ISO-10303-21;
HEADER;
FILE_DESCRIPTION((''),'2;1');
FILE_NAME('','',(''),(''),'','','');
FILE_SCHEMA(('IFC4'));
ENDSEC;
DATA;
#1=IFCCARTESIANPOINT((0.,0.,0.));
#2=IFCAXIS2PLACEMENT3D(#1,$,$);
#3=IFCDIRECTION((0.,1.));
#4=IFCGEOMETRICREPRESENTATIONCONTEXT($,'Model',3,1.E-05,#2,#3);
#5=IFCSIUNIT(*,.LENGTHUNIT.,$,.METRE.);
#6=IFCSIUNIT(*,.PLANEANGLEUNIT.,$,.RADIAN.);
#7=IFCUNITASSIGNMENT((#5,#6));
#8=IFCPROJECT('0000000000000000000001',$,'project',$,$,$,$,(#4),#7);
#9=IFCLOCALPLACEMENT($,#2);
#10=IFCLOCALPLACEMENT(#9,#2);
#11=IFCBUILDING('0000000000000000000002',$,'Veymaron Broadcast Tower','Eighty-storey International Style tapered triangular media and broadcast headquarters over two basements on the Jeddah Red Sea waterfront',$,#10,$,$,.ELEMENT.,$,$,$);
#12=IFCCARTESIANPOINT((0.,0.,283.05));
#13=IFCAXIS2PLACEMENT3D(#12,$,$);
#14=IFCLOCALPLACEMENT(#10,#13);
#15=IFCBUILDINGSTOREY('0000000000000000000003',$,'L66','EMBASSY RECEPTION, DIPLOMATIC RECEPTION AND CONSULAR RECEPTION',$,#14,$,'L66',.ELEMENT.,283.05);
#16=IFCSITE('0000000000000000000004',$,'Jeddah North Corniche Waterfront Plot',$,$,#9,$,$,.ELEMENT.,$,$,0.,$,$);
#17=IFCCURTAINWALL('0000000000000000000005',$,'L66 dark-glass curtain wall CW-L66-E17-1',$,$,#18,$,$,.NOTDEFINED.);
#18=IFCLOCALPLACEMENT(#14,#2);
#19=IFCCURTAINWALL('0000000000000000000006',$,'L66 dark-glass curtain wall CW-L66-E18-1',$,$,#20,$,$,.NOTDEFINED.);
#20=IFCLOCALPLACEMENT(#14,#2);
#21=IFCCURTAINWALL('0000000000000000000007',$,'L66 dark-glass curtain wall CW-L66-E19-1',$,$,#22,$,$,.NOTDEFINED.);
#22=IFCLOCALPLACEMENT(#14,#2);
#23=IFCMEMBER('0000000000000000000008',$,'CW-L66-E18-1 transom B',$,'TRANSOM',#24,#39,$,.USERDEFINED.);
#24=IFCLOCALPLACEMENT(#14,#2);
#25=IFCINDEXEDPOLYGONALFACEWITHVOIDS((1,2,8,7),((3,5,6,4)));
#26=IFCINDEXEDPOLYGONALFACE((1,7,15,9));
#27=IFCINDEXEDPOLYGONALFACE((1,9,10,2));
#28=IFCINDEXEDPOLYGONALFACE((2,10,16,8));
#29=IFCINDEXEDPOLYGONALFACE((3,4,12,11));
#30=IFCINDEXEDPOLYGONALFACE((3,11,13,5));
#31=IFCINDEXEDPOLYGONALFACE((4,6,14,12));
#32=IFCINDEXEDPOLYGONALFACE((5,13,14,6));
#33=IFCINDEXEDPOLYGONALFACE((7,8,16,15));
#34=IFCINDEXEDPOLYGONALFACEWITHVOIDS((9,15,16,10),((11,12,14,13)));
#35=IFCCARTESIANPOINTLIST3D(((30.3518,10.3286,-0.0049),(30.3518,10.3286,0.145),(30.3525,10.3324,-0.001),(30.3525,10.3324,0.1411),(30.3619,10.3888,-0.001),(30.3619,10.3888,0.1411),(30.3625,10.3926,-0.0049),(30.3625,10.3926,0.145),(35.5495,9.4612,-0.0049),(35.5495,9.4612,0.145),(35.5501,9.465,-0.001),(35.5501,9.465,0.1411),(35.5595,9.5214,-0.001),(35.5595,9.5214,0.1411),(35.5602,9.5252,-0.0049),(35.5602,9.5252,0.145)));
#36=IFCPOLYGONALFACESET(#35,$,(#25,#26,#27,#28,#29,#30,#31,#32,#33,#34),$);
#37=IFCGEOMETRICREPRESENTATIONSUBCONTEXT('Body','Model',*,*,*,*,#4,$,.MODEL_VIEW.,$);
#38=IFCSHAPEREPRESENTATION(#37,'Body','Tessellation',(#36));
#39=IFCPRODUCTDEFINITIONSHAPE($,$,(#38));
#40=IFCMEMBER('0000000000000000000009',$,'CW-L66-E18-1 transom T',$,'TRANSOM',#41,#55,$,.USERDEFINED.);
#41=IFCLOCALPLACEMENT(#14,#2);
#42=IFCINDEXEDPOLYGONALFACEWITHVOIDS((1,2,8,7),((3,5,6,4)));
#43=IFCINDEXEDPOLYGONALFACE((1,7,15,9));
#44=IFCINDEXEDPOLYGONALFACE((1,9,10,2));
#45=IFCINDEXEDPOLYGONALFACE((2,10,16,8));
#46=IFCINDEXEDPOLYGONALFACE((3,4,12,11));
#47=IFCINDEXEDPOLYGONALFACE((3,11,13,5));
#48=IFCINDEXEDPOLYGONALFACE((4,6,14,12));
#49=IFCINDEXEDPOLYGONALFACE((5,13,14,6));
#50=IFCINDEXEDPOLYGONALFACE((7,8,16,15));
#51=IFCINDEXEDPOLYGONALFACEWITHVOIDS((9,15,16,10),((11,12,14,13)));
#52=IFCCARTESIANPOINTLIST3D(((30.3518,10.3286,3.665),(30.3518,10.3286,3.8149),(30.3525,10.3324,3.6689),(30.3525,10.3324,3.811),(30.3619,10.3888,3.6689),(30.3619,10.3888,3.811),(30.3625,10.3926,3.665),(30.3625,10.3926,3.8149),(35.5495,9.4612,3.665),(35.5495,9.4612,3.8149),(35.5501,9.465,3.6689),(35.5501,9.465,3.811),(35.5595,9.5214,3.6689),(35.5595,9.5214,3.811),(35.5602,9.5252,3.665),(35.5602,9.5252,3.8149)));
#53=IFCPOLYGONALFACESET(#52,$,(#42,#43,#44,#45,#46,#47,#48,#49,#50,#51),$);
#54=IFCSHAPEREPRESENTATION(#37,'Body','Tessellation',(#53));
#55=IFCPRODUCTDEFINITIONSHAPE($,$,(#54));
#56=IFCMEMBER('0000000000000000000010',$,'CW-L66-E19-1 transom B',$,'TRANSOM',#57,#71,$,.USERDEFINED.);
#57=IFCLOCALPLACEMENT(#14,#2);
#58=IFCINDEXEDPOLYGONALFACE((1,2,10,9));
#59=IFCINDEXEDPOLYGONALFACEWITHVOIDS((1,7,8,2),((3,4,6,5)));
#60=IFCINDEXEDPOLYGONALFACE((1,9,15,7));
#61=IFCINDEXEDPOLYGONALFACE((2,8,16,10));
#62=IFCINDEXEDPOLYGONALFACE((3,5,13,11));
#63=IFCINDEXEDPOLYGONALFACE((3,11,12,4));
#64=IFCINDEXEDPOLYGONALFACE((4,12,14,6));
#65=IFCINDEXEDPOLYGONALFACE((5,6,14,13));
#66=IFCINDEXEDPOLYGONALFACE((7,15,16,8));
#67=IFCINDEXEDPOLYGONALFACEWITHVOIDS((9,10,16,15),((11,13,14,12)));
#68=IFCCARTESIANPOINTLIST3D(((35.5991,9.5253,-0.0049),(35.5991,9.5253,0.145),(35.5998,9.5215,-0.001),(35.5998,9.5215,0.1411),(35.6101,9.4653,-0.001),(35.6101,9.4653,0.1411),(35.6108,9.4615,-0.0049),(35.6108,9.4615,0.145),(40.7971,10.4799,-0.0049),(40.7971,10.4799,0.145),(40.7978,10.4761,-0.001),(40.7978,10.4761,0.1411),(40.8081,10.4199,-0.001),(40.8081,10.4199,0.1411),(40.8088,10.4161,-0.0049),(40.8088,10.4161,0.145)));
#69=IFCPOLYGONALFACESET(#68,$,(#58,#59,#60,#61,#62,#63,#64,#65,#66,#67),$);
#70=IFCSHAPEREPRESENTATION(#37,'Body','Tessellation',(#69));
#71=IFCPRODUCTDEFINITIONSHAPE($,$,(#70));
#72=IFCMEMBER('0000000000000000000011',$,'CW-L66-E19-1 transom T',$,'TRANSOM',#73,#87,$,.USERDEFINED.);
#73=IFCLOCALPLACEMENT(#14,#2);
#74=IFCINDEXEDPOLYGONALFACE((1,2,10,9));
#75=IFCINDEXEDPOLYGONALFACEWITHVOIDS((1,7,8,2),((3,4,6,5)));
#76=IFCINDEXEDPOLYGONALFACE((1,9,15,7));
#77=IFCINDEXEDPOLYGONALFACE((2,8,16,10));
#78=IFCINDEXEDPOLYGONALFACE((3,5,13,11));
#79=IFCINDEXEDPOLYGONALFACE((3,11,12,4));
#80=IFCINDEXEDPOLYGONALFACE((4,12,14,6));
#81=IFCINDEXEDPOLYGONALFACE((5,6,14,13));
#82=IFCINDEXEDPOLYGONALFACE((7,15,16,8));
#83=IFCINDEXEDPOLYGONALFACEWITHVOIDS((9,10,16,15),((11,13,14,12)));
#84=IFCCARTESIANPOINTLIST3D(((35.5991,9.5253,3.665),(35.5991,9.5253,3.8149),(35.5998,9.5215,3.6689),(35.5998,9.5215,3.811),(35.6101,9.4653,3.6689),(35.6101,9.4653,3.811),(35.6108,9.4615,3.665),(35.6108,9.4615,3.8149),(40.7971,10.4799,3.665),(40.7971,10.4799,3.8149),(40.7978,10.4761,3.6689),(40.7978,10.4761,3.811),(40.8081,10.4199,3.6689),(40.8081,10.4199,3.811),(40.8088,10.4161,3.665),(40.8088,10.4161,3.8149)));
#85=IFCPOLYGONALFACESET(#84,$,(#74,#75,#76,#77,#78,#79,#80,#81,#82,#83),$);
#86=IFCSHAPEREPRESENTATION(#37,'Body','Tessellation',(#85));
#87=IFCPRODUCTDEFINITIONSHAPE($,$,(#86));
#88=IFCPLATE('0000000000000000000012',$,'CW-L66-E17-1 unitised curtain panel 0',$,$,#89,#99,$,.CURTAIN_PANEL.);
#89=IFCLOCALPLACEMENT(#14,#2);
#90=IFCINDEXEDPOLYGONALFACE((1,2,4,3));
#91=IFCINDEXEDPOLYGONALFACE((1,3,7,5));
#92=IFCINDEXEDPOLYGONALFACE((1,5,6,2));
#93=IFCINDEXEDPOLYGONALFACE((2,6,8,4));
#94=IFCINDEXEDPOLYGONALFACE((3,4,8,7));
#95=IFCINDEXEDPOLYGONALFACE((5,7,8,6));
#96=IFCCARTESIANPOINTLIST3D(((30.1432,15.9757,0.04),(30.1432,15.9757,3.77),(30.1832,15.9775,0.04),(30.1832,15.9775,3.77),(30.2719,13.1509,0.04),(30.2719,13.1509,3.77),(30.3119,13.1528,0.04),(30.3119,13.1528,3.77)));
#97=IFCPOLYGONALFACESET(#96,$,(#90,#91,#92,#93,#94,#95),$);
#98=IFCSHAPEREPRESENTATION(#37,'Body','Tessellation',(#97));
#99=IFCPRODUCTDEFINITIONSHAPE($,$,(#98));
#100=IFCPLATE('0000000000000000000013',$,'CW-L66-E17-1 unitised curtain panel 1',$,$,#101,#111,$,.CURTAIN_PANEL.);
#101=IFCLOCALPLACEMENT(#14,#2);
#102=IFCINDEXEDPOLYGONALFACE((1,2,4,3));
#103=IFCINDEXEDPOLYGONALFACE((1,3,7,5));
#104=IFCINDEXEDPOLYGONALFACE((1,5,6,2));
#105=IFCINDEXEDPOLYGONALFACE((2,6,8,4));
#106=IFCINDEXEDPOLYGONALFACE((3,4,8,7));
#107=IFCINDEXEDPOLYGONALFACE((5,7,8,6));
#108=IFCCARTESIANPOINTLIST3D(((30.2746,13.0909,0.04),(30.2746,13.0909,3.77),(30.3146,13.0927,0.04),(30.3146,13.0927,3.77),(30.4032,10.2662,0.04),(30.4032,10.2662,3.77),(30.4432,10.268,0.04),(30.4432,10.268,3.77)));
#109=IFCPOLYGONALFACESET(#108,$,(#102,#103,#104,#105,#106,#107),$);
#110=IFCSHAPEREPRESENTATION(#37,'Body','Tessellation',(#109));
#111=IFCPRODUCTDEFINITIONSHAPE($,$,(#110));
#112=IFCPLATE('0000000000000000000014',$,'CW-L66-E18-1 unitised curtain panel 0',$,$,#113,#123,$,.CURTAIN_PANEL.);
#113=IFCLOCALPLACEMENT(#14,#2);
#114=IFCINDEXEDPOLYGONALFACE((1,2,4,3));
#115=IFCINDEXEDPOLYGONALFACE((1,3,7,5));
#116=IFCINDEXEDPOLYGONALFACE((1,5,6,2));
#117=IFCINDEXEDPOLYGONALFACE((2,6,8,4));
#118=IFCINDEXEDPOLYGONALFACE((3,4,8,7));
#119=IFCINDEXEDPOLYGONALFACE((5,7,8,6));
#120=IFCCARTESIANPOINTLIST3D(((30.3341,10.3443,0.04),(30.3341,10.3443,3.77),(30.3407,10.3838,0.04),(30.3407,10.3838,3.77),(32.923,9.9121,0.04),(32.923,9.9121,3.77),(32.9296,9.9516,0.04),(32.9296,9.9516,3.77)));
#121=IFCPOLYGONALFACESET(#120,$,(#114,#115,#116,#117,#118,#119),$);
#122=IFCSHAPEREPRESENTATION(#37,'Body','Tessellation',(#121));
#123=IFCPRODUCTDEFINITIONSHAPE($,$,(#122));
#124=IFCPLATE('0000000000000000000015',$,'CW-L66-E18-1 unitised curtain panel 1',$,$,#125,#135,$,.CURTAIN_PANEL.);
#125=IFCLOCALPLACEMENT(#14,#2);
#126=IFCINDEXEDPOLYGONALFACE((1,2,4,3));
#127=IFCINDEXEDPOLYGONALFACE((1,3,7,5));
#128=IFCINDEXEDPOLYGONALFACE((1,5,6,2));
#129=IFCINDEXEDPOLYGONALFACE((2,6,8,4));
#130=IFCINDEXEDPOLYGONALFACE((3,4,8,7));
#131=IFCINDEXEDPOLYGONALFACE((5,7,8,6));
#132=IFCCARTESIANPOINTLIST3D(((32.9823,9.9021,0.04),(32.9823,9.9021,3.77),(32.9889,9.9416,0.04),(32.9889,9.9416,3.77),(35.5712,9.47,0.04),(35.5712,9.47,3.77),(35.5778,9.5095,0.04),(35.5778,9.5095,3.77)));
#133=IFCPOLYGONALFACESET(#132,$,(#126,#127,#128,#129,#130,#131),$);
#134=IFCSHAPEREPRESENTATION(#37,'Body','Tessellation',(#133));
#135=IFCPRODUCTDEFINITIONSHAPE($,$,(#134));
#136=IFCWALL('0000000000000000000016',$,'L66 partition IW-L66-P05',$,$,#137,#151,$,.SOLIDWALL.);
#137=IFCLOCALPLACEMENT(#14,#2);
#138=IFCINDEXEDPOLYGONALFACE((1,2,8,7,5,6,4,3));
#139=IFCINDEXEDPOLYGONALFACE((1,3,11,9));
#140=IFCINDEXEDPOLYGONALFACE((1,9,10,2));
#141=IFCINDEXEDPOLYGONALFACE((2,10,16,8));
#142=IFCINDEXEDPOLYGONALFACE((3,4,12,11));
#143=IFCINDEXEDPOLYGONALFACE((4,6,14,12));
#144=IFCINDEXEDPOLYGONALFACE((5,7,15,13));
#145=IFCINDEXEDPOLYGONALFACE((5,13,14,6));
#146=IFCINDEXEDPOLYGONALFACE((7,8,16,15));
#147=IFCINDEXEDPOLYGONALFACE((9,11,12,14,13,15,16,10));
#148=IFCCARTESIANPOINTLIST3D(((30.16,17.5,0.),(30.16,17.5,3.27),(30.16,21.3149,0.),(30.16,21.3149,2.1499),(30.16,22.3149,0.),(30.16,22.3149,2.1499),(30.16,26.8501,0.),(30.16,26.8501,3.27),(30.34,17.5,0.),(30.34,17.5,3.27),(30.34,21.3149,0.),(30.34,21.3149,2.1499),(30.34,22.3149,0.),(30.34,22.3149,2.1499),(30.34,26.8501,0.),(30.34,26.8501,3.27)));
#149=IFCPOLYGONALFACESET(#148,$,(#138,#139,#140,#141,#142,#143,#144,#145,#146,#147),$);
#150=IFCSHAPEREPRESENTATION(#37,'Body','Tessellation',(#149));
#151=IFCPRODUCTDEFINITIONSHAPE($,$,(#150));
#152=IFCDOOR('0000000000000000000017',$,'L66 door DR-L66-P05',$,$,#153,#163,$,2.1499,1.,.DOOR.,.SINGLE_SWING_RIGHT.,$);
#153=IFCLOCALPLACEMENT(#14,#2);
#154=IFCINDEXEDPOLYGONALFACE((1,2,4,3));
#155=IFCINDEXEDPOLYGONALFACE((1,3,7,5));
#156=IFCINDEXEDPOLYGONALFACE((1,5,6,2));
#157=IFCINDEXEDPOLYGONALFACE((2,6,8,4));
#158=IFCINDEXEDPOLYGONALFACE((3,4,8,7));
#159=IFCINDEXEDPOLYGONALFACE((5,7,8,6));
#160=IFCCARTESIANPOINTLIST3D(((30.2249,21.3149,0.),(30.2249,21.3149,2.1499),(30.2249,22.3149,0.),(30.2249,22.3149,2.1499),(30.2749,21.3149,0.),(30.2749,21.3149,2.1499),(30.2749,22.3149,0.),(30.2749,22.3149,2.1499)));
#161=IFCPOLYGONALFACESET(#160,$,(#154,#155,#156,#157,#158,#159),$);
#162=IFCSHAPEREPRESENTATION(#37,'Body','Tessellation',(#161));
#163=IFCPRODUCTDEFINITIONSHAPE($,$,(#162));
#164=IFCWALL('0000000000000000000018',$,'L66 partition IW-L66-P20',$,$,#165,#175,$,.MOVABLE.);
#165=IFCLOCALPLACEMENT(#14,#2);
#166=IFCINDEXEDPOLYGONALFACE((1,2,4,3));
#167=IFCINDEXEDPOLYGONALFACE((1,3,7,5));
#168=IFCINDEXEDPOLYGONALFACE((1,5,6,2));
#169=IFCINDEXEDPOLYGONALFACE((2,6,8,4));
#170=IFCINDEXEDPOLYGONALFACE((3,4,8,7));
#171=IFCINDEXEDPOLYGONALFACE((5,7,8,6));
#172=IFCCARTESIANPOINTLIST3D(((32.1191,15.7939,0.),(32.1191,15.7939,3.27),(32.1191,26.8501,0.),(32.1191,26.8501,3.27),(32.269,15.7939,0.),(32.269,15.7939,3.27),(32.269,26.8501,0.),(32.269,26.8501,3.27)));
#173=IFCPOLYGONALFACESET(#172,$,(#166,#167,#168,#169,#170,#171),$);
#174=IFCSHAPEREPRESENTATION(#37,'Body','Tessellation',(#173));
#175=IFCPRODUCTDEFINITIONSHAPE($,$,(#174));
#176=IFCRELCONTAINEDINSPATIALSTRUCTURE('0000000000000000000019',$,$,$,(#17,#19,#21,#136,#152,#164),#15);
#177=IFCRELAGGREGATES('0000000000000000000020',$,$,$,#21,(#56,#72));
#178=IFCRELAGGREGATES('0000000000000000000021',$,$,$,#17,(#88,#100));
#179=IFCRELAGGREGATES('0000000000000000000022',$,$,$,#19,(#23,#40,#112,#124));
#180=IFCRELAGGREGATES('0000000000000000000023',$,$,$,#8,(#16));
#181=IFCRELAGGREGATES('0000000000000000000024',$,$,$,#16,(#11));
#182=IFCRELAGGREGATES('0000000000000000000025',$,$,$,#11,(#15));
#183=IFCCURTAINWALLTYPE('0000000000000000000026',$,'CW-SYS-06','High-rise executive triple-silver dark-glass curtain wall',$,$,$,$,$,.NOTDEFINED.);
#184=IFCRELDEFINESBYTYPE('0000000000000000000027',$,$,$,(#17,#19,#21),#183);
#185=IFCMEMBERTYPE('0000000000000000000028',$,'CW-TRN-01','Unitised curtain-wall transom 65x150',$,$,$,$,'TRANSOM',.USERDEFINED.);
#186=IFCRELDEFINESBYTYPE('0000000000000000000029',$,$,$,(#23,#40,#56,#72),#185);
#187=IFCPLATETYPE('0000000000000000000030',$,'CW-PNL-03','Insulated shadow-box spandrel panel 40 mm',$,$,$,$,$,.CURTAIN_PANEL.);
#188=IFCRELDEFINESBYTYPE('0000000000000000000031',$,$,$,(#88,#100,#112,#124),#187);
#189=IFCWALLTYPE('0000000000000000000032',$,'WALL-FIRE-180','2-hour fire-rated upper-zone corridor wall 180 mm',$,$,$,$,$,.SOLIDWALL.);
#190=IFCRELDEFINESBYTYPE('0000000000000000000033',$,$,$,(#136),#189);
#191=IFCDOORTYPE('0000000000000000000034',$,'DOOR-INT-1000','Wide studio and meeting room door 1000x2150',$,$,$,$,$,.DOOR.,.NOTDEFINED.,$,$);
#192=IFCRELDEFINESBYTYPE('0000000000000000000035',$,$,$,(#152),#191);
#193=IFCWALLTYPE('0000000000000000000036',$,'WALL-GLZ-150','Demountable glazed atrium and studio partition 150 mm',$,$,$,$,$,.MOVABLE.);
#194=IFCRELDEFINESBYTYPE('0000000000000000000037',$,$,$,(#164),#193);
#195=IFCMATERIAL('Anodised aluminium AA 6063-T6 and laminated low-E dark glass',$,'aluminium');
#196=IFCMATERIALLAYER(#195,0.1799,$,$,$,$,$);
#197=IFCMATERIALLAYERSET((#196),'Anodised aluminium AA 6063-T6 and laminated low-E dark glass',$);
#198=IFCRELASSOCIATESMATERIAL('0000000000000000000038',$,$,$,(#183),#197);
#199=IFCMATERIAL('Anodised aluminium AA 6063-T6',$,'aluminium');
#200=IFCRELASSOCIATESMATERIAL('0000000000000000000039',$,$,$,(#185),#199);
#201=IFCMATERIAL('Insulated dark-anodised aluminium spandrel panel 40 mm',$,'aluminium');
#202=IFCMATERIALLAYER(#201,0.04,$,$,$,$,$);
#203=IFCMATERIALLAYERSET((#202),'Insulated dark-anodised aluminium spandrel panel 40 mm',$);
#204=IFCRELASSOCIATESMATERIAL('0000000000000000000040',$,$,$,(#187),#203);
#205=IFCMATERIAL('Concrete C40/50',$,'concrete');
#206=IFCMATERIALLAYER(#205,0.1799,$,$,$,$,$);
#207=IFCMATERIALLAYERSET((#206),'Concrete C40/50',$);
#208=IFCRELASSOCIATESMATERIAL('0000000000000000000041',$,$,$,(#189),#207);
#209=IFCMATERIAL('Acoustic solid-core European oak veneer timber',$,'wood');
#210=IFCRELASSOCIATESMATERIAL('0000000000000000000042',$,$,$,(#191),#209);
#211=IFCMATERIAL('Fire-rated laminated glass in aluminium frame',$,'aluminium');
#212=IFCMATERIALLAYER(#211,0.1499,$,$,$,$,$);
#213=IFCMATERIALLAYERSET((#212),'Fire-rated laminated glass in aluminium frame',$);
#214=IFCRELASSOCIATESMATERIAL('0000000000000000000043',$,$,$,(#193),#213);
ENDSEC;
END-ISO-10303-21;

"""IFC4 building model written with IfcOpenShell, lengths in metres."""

from ifc_helpers import new_model, si_unit, direction, frame, frame_2d, origin, origin_2d, place, context, subcontext, project, spatial, rectangle, hollow_rectangle, extrude, material, layer, layer_set, material_profile, profile_set, type_object, element, fill, aggregate, save


model = new_model("IFC4")

# Units and contexts
model_context = context("Model", 3, precision=1e-05, world=origin(), true_north=direction((0.0, 1.0)))
body_context = subcontext(model_context, "Body", "Model", "MODEL_VIEW")
ifc_project = project(units=[si_unit("LENGTHUNIT", "METRE"), si_unit("PLANEANGLEUNIT", "RADIAN")], contexts=[model_context])

# Site, building, storey
site_placement = place(None, origin())
site = spatial("IfcSite", under=ifc_project, at=site_placement, Name="Jeddah North Corniche Waterfront Plot", CompositionType="ELEMENT", RefElevation=0.0)
building_placement = place(site_placement, origin())
building = spatial("IfcBuilding", under=site, at=building_placement, Name="Veymaron Broadcast Tower", Description="Eighty-storey International Style tapered triangular media and broadcast headquarters over two basements on the Jeddah Red Sea waterfront", CompositionType="ELEMENT")
storey_placement = place(building_placement, frame((0.0, 0.0, 283.05)))
storey = spatial("IfcBuildingStorey", under=building, at=storey_placement, Name="L66", Description="EMBASSY RECEPTION, DIPLOMATIC RECEPTION AND CONSULAR RECEPTION", LongName="L66", CompositionType="ELEMENT", Elevation=283.05)

# Curtain walls
ifc_material_1 = material(Name="Anodised aluminium AA 6063-T6 and laminated low-E dark glass", Category="aluminium")
ifc_layer_1 = layer(ifc_material_1, 0.1799)
ifc_layer_set_1 = layer_set([ifc_layer_1], Name="Anodised aluminium AA 6063-T6 and laminated low-E dark glass")
curtain_wall_type = type_object("IfcCurtainWallType", Name="CW-SYS-06", Description="High-rise executive triple-silver dark-glass curtain wall", PredefinedType="NOTDEFINED", material=ifc_layer_set_1)
curtain_wall_1_placement = place(storey_placement, origin())
curtain_wall_1 = element("IfcCurtainWall", 1, at=curtain_wall_1_placement, inside=storey, type_object=curtain_wall_type, Name="L66 dark-glass curtain wall CW-L66-E17-1", PredefinedType="NOTDEFINED")
ifc_material_2 = material(Name="Anodised aluminium AA 6063-T6", Category="aluminium")
curtain_wall_2_placement = place(storey_placement, origin())
curtain_wall_2 = element("IfcCurtainWall", 2, at=curtain_wall_2_placement, inside=storey, type_object=curtain_wall_type, Name="L66 dark-glass curtain wall CW-L66-E18-1", PredefinedType="NOTDEFINED")

# Curtain wall
curtain_wall_3_placement = place(storey_placement, origin())
curtain_wall_3 = element("IfcCurtainWall", 3, at=curtain_wall_3_placement, inside=storey, type_object=curtain_wall_type, Name="L66 dark-glass curtain wall CW-L66-E19-1", PredefinedType="NOTDEFINED")

# Members
ifc_material_profile_1 = material_profile(ifc_material_2, hollow_rectangle(XDim=0.0649, YDim=0.1499, WallThickness=0.0039, at=origin_2d()), Name="AL150X65X4")
ifc_profile_set_1 = profile_set([ifc_material_profile_1], Name="Anodised aluminium AA 6063-T6")
member_type_1 = type_object("IfcMemberType", Name="CW-TRN-01", Description="Unitised curtain-wall transom 65x150", ElementType="TRANSOM", PredefinedType="USERDEFINED", material=ifc_profile_set_1)
member_1_placement = place(storey_placement, frame((30.3572, 10.3606, 0.0701), z_axis=(0.986359, -0.164609, 0.0), x_axis=(0.164609, 0.986359, 0.0)))
member_1 = element("IfcMember", 4, at=member_1_placement, type_object=member_type_1, Name="CW-L66-E18-1 transom B", ObjectType="TRANSOM", PredefinedType="USERDEFINED", context=body_context, shape_type="SweptSolid", body=[
    extrude(hollow_rectangle(XDim=0.0649, YDim=0.1499, WallThickness=0.0039, at=origin_2d()), origin(), (0.0, 0.0, 1.0), 5.2695),
])
member_2_placement = place(storey_placement, frame((30.3572, 10.3606, 3.74), z_axis=(0.986359, -0.164609, 0.0), x_axis=(0.164609, 0.986359, 0.0)))
member_2 = element("IfcMember", 5, at=member_2_placement, type_object=member_type_1, Name="CW-L66-E18-1 transom T", ObjectType="TRANSOM", PredefinedType="USERDEFINED", context=body_context, shape_type="SweptSolid", body=[
    extrude(hollow_rectangle(XDim=0.0649, YDim=0.1499, WallThickness=0.0039, at=origin_2d()), origin(), (0.0, 0.0, 1.0), 5.2695),
])
member_3_placement = place(storey_placement, frame((35.605, 9.4934, 0.0701), z_axis=(0.983552, 0.180625, 0.0), x_axis=(-0.180625, 0.983552, 0.0)))
member_3 = element("IfcMember", 6, at=member_3_placement, type_object=member_type_1, Name="CW-L66-E19-1 transom B", ObjectType="TRANSOM", PredefinedType="USERDEFINED", context=body_context, shape_type="SweptSolid", body=[
    extrude(hollow_rectangle(XDim=0.0649, YDim=0.1499, WallThickness=0.0039, at=origin_2d()), origin(), (0.0, 0.0, 1.0), 5.2849),
])
member_4_placement = place(storey_placement, frame((35.605, 9.4934, 3.74), z_axis=(0.983552, 0.180625, 0.0), x_axis=(-0.180625, 0.983552, 0.0)))
member_4 = element("IfcMember", 7, at=member_4_placement, type_object=member_type_1, Name="CW-L66-E19-1 transom T", ObjectType="TRANSOM", PredefinedType="USERDEFINED", context=body_context, shape_type="SweptSolid", body=[
    extrude(hollow_rectangle(XDim=0.0649, YDim=0.1499, WallThickness=0.0039, at=origin_2d()), origin(), (0.0, 0.0, 1.0), 5.2849),
])
aggregate(curtain_wall_3, [member_3, member_4])

# Plates
ifc_material_3 = material(Name="Insulated dark-anodised aluminium spandrel panel 40 mm", Category="aluminium")
ifc_layer_2 = layer(ifc_material_3, 0.04)
ifc_layer_set_2 = layer_set([ifc_layer_2], Name="Insulated dark-anodised aluminium spandrel panel 40 mm")
plate_type = type_object("IfcPlateType", Name="CW-PNL-03", Description="Insulated shadow-box spandrel panel 40 mm", PredefinedType="CURTAIN_PANEL", material=ifc_layer_set_2)
plate_1_placement = place(storey_placement, frame((30.2275, 14.5642, 0.04), z_axis=(0.0, 0.0, 1.0), x_axis=(0.045502, -0.998964, 0.0)))
plate_1 = element("IfcPlate", 8, at=plate_1_placement, type_object=plate_type, Name="CW-L66-E17-1 unitised curtain panel 0", PredefinedType="CURTAIN_PANEL", context=body_context, shape_type="SweptSolid", body=[
    extrude(rectangle(XDim=2.8276, YDim=0.04, at=origin_2d()), origin(), (0.0, 0.0, 1.0), 3.73),
])
plate_2_placement = place(storey_placement, frame((30.3589, 11.6794, 0.04), z_axis=(0.0, 0.0, 1.0), x_axis=(0.045502, -0.998964, 0.0)))
plate_2 = element("IfcPlate", 9, at=plate_2_placement, type_object=plate_type, Name="CW-L66-E17-1 unitised curtain panel 1", PredefinedType="CURTAIN_PANEL", context=body_context, shape_type="SweptSolid", body=[
    extrude(rectangle(XDim=2.8276, YDim=0.04, at=origin_2d()), origin(), (0.0, 0.0, 1.0), 3.73),
])
aggregate(curtain_wall_1, [plate_1, plate_2])
plate_3_placement = place(storey_placement, frame((31.6318, 10.1479, 0.04), z_axis=(0.0, 0.0, 1.0), x_axis=(0.986355, -0.164634, 0.0)))
plate_3 = element("IfcPlate", 10, at=plate_3_placement, type_object=plate_type, Name="CW-L66-E18-1 unitised curtain panel 0", PredefinedType="CURTAIN_PANEL", context=body_context, shape_type="SweptSolid", body=[
    extrude(rectangle(XDim=2.6248, YDim=0.04, at=origin_2d()), origin(), (0.0, 0.0, 1.0), 3.73),
])
plate_4_placement = place(storey_placement, frame((34.28, 9.7058, 0.04), z_axis=(0.0, 0.0, 1.0), x_axis=(0.986355, -0.164634, 0.0)))
plate_4 = element("IfcPlate", 11, at=plate_4_placement, type_object=plate_type, Name="CW-L66-E18-1 unitised curtain panel 1", PredefinedType="CURTAIN_PANEL", context=body_context, shape_type="SweptSolid", body=[
    extrude(rectangle(XDim=2.6248, YDim=0.04, at=origin_2d()), origin(), (0.0, 0.0, 1.0), 3.73),
])
aggregate(curtain_wall_2, [member_1, member_2, plate_3, plate_4])

# Wall, opening, door
ifc_material_4 = material(Name="Concrete C40/50", Category="concrete")
ifc_layer_3 = layer(ifc_material_4, 0.1799)
ifc_layer_set_3 = layer_set([ifc_layer_3], Name="Concrete C40/50")
wall_type_1 = type_object("IfcWallType", Name="WALL-FIRE-180", Description="2-hour fire-rated upper-zone corridor wall 180 mm", PredefinedType="SOLIDWALL", material=ifc_layer_set_3)
wall_1_placement = place(storey_placement, frame((30.25, 17.5, 0.0), z_axis=(0.0, 0.0, 1.0), x_axis=(0.0, 1.0, 0.0)))
wall_1 = element("IfcWall", 12, at=wall_1_placement, inside=storey, type_object=wall_type_1, Name="L66 partition IW-L66-P05", PredefinedType="SOLIDWALL", context=body_context, shape_type="SweptSolid", body=[
    extrude(rectangle(XDim=9.3501, YDim=0.1799, at=frame_2d((4.675, 0.0))), origin(), (0.0, 0.0, 1.0), 3.27),
])
opening_placement = place(wall_1_placement, frame((3.8149, 0.0, 0.0)))
opening = element("IfcOpeningElement", 13, at=opening_placement, cuts=wall_1, PredefinedType="OPENING", context=body_context, shape_type="SweptSolid", body=[
    extrude(rectangle(XDim=1.0, YDim=2.1499, at=frame_2d((0.5, 1.075))), frame((0.0, 0.1001, 0.0), z_axis=(0.0, -1.0, 0.0), x_axis=(1.0, 0.0, 0.0)), (0.0, 0.0, 1.0), 0.2),
])
ifc_material_5 = material(Name="Acoustic solid-core European oak veneer timber", Category="wood")
door_type = type_object("IfcDoorType", Name="DOOR-INT-1000", Description="Wide studio and meeting room door 1000x2150", OperationType="NOTDEFINED", PredefinedType="DOOR", material=ifc_material_5)
door_placement = place(opening_placement, frame((1.0, 0.0, 0.0), z_axis=(0.0, 0.0, 1.0), x_axis=(-1.0, 0.0, 0.0)))
door = element("IfcDoor", 14, at=door_placement, inside=storey, type_object=door_type, Name="L66 door DR-L66-P05", OperationType="SINGLE_SWING_RIGHT", OverallHeight=2.1499, OverallWidth=1.0, PredefinedType="DOOR", context=body_context, shape_type="SweptSolid", body=[
    extrude(rectangle(XDim=1.0, YDim=2.1499, at=frame_2d((0.5, 1.075))), frame((0.0, 0.0249, 0.0), z_axis=(0.0, -1.0, 0.0), x_axis=(1.0, 0.0, 0.0)), (0.0, 0.0, 1.0), 0.05),
])
fill(opening, door)

# Wall
ifc_material_6 = material(Name="Fire-rated laminated glass in aluminium frame", Category="aluminium")
ifc_layer_4 = layer(ifc_material_6, 0.1499)
ifc_layer_set_4 = layer_set([ifc_layer_4], Name="Fire-rated laminated glass in aluminium frame")
wall_type_2 = type_object("IfcWallType", Name="WALL-GLZ-150", Description="Demountable glazed atrium and studio partition 150 mm", PredefinedType="MOVABLE", material=ifc_layer_set_4)
wall_2_placement = place(storey_placement, frame((32.1941, 15.7939, 0.0), z_axis=(0.0, 0.0, 1.0), x_axis=(0.0, 1.0, 0.0)))
element("IfcWall", 15, at=wall_2_placement, inside=storey, type_object=wall_type_2, Name="L66 partition IW-L66-P20", PredefinedType="MOVABLE", context=body_context, shape_type="SweptSolid", body=[
    extrude(rectangle(XDim=11.0562, YDim=0.1499, at=frame_2d((5.5281, 0.0))), origin(), (0.0, 0.0, 1.0), 3.27),
])

save(model, "model.ifc")
